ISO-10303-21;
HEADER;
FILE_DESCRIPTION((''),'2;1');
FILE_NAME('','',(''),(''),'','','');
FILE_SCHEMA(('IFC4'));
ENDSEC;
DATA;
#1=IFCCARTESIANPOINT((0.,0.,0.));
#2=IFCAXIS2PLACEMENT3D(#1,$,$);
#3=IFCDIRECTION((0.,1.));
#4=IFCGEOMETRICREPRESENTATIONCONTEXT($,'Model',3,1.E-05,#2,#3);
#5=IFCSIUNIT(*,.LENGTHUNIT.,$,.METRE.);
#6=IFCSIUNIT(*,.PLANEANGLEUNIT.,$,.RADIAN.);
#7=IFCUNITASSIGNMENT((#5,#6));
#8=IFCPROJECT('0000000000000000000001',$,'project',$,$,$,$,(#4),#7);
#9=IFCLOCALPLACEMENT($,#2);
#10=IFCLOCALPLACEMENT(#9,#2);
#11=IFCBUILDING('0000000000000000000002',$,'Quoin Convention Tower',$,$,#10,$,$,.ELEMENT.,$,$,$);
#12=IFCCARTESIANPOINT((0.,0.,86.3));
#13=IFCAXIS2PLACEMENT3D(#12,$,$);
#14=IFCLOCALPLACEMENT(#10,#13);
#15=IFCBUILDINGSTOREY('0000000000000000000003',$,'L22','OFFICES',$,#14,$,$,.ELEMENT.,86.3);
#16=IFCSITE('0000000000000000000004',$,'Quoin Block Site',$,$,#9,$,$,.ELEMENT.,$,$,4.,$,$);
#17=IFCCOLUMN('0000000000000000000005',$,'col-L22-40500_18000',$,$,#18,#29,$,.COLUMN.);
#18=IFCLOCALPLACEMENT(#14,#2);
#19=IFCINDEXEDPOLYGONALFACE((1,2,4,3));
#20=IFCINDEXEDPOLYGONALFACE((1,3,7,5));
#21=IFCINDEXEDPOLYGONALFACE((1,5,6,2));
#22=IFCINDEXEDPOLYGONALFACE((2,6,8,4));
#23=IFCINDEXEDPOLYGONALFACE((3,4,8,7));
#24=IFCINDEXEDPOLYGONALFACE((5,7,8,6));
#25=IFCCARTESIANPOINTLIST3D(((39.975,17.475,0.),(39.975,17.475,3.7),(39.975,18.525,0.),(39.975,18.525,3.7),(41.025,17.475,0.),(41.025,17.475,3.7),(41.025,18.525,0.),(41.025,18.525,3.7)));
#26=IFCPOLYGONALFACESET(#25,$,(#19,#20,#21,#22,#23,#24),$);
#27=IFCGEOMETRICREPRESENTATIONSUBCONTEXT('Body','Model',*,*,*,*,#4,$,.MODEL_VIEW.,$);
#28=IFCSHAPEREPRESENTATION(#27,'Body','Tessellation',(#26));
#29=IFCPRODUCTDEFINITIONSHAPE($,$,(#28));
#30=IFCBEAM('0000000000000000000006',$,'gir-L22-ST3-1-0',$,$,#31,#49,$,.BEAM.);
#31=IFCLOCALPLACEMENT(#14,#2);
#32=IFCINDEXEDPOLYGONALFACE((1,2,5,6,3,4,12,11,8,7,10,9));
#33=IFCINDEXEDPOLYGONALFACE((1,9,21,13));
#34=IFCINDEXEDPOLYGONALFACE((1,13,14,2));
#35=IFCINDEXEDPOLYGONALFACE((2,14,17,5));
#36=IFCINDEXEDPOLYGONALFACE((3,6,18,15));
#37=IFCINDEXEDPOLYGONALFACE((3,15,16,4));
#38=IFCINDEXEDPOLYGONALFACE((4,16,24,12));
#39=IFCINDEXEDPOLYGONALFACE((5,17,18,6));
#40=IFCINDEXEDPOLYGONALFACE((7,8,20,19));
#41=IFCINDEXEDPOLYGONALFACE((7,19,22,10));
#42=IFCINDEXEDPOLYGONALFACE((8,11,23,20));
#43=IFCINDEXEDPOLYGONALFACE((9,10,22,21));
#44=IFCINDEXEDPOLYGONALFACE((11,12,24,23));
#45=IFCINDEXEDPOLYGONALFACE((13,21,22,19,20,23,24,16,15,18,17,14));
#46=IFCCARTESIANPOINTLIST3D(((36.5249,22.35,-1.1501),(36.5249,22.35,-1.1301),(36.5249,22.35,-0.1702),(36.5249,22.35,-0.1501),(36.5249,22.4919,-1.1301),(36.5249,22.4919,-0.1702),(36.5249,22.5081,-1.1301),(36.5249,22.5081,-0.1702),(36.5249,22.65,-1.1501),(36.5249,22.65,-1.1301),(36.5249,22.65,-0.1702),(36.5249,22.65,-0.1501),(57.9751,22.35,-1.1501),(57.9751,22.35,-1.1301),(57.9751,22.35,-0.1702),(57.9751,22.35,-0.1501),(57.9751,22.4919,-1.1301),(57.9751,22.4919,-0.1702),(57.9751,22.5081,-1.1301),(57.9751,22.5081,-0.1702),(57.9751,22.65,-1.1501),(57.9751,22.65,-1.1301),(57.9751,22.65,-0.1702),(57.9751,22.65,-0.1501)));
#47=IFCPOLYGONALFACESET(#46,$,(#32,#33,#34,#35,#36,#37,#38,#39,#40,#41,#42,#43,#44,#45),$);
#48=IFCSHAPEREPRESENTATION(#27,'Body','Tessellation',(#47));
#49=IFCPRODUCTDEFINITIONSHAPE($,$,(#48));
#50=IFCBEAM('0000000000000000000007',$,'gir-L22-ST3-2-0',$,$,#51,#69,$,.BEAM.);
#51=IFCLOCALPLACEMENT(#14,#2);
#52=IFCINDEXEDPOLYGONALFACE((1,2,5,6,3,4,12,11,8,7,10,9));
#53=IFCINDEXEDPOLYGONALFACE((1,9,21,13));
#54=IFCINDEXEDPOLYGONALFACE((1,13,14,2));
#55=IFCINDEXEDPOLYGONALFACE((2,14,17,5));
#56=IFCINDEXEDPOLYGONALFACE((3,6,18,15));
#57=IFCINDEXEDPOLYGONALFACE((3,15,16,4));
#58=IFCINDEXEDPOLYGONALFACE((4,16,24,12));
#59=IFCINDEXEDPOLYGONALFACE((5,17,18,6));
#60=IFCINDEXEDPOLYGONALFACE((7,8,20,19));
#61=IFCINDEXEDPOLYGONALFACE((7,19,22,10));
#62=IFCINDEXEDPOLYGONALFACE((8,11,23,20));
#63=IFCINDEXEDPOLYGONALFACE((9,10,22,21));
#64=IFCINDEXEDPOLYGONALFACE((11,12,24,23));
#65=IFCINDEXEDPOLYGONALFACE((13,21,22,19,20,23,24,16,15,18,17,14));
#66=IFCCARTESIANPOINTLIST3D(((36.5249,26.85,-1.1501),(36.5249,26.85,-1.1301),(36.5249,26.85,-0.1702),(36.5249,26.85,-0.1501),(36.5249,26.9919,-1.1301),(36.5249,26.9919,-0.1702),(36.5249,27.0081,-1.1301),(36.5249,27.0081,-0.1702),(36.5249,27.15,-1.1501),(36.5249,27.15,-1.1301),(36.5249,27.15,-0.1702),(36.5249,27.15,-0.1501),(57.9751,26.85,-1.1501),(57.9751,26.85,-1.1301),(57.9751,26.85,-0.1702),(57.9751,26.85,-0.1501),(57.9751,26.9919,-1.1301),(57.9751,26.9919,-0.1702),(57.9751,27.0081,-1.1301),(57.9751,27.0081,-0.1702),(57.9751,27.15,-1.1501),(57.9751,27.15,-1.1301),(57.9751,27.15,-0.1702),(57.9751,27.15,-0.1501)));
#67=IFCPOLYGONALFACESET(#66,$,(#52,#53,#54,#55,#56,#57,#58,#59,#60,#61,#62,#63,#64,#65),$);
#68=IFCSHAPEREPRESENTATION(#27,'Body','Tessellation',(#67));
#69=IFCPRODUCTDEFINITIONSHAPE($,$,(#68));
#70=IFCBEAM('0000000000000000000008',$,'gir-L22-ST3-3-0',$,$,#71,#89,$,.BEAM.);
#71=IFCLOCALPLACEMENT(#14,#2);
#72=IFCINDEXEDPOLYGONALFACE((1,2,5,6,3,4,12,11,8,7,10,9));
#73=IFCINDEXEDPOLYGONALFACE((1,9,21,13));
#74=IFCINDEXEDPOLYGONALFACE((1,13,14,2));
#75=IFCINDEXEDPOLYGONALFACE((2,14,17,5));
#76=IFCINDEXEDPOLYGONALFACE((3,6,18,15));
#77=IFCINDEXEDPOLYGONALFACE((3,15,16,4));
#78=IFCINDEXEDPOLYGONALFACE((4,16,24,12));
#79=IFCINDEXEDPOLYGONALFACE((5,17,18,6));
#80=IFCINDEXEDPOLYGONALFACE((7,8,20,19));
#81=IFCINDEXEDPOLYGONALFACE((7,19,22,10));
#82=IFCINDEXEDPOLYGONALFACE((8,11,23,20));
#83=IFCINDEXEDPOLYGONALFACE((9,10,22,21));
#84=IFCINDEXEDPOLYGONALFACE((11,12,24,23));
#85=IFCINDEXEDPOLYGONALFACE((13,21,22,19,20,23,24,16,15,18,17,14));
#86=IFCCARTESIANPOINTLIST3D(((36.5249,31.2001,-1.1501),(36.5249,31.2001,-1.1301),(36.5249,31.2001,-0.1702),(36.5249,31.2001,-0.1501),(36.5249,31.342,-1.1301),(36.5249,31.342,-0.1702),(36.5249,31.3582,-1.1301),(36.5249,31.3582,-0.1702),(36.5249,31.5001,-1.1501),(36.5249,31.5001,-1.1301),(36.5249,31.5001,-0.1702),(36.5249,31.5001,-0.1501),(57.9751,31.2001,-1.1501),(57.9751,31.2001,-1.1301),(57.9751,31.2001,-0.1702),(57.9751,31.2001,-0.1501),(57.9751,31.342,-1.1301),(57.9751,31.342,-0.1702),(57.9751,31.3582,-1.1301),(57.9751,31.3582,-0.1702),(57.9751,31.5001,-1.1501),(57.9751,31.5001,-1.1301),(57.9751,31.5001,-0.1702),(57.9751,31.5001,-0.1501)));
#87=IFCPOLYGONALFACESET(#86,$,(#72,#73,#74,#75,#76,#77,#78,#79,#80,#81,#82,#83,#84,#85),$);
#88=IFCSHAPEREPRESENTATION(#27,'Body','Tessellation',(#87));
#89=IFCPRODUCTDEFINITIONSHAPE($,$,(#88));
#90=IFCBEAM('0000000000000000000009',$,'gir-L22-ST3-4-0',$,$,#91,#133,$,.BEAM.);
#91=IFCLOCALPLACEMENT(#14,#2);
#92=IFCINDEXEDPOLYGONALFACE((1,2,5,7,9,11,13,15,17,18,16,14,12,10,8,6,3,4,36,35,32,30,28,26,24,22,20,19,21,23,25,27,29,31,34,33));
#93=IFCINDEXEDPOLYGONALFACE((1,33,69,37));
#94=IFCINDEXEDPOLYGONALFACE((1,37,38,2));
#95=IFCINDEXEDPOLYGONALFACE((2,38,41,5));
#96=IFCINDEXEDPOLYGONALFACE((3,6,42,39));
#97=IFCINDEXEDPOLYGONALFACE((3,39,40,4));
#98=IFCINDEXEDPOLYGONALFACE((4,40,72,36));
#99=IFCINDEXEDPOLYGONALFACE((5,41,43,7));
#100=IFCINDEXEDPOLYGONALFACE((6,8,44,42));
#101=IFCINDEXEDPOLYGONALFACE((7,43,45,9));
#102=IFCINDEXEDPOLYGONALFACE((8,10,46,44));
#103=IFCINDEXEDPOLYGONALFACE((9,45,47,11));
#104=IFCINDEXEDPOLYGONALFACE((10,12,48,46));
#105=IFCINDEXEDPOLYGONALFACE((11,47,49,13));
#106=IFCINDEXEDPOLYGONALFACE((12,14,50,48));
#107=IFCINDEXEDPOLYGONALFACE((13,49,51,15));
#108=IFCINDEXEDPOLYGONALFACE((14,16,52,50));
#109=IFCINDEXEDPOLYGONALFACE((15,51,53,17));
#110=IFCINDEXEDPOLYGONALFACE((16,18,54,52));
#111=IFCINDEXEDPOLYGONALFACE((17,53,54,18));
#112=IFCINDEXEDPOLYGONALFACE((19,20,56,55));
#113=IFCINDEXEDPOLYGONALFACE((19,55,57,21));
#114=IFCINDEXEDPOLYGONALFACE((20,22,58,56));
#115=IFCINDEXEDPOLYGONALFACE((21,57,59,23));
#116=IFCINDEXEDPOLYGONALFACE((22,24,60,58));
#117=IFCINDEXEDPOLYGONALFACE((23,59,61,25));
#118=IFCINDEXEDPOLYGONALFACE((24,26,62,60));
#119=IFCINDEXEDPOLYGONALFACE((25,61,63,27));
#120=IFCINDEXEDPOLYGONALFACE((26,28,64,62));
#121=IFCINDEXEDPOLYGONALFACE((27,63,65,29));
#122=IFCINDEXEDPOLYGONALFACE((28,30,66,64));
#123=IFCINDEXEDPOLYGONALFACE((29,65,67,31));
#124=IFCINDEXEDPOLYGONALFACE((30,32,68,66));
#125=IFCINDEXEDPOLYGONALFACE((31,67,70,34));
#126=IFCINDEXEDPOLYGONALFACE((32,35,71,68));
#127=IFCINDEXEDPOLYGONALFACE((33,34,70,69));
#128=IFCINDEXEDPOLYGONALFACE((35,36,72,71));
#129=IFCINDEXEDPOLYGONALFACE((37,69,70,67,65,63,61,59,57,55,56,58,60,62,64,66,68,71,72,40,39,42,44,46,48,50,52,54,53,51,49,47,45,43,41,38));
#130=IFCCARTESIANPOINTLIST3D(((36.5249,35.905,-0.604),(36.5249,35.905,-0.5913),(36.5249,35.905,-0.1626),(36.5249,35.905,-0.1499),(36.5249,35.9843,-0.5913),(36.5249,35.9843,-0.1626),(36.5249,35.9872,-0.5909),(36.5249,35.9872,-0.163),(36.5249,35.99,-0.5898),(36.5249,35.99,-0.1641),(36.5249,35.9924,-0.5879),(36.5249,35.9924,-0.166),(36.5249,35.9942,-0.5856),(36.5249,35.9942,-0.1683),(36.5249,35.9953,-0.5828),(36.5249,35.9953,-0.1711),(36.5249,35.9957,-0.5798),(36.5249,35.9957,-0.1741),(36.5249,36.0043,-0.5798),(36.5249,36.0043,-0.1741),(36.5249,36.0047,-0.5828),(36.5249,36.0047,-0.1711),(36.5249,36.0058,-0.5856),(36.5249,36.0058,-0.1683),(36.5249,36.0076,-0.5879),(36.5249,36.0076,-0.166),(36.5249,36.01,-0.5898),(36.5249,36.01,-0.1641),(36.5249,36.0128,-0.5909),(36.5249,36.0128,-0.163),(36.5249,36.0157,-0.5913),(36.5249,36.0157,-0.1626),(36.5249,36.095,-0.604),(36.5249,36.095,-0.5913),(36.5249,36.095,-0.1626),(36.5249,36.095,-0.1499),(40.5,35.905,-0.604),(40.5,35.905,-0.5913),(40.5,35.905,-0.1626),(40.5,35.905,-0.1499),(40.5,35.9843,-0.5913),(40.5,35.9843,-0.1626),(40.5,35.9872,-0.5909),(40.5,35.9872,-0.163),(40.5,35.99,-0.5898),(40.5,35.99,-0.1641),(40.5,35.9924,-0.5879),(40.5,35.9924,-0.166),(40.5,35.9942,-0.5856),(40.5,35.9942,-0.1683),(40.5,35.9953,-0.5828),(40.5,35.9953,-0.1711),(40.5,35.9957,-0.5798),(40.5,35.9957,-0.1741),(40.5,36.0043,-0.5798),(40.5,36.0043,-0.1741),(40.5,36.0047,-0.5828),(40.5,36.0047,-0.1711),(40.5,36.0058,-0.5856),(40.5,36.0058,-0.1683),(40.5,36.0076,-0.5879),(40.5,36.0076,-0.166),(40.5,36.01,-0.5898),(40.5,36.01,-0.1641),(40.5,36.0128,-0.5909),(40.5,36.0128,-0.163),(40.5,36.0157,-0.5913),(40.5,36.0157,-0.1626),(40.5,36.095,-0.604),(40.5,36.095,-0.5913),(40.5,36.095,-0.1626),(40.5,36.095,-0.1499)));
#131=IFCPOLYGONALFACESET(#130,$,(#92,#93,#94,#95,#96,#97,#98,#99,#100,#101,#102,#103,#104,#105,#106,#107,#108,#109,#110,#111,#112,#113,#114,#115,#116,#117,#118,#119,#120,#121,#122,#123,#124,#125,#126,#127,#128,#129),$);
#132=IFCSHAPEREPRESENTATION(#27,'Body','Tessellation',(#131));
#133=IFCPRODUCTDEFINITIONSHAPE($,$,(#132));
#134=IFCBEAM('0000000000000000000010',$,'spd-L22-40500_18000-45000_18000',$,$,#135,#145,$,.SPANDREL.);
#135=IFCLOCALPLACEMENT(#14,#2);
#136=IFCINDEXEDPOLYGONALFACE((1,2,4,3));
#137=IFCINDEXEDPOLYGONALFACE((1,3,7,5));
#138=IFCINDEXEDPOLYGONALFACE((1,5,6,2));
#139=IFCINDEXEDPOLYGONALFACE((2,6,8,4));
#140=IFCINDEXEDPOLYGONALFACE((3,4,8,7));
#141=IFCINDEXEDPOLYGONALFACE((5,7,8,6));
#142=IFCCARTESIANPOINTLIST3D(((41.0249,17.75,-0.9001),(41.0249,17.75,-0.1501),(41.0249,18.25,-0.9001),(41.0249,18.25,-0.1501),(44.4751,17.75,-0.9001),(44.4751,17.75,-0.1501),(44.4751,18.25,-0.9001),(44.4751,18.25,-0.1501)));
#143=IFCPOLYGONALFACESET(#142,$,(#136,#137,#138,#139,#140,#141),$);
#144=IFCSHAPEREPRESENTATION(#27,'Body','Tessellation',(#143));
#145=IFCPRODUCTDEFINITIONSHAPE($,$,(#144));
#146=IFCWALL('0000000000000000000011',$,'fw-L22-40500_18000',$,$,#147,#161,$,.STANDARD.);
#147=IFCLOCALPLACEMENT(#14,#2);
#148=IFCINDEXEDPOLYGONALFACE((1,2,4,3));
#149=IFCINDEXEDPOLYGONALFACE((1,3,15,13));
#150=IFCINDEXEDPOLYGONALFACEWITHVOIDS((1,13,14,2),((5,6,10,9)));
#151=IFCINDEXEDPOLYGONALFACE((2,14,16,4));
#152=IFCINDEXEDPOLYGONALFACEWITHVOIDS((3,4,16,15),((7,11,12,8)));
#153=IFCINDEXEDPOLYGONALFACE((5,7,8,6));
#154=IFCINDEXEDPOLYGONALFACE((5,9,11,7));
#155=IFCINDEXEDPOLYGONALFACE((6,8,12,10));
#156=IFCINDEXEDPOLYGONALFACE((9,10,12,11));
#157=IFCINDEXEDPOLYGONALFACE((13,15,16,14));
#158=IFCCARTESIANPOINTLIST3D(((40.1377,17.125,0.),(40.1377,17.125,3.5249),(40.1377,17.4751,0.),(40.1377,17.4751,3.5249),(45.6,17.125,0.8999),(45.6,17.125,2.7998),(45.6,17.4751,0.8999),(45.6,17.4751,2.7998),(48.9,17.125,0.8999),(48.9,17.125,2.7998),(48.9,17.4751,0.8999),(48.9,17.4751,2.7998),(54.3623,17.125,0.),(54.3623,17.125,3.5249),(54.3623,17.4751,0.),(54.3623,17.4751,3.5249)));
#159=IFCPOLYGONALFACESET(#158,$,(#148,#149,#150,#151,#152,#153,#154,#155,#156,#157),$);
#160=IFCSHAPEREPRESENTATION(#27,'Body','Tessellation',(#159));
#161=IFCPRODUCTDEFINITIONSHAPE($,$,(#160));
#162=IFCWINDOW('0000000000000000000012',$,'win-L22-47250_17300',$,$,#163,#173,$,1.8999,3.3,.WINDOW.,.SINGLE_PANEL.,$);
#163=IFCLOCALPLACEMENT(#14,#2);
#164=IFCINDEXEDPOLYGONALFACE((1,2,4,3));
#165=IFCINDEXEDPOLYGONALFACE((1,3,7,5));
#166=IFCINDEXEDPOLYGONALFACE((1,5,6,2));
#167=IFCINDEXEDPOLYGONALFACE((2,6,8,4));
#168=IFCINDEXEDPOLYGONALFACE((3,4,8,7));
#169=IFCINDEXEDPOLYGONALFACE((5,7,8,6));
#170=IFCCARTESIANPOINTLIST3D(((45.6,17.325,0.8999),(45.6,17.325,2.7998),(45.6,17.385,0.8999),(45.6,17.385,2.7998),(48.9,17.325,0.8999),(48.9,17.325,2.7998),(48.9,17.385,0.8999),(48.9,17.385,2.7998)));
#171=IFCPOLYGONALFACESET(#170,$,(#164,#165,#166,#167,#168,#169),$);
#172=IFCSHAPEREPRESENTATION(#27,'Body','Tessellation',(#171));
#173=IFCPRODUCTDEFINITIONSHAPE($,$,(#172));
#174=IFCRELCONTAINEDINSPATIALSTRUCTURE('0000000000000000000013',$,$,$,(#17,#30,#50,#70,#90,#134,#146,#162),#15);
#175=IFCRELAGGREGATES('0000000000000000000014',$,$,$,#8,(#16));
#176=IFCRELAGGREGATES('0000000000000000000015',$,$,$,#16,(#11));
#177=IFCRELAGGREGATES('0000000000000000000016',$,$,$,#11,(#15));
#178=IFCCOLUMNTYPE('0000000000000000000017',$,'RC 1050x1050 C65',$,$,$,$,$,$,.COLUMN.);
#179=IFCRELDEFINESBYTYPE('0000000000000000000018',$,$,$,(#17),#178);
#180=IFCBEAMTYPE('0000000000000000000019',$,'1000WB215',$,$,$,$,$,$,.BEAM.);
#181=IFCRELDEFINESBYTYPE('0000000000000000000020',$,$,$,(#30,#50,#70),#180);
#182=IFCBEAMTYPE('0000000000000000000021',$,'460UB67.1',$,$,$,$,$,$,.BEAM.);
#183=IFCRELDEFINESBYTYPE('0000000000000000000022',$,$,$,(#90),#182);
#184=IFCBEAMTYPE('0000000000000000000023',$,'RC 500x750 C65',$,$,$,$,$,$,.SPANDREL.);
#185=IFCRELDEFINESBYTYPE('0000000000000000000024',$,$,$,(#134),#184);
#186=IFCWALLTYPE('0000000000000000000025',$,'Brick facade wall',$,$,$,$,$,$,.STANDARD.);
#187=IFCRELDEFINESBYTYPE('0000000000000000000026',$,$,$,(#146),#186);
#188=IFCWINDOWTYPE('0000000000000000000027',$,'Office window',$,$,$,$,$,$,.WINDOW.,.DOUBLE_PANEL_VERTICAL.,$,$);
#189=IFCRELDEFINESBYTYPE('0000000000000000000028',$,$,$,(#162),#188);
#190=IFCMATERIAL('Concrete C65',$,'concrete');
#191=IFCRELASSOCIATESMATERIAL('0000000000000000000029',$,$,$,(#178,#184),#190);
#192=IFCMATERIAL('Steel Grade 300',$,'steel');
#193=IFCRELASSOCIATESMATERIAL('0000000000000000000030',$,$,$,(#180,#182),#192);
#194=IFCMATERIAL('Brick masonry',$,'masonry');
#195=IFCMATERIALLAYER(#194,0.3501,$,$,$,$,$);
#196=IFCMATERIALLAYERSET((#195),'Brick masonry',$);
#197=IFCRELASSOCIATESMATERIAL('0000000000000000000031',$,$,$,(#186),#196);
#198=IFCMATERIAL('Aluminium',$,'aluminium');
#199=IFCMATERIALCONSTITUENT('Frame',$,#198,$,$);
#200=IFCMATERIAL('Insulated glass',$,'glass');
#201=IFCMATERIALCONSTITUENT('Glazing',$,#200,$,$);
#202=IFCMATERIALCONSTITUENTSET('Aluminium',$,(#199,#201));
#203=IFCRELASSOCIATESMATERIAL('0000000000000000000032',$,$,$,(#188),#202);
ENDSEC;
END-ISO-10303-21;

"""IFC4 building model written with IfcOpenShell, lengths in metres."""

from ifc_helpers import new_model, si_unit, direction, frame, frame_2d, origin, origin_2d, place, context, subcontext, project, spatial, rectangle, i_section, extrude, material, layer, layer_set, constituent, constituent_set, material_profile, profile_set, type_object, element, fill, save


model = new_model("IFC4")

# Units and contexts
model_context = context("Model", 3, precision=1e-05, world=origin(), true_north=direction((0.0, 1.0)))
body_context = subcontext(model_context, "Body", "Model", "MODEL_VIEW")
ifc_project = project(units=[si_unit("LENGTHUNIT", "METRE"), si_unit("PLANEANGLEUNIT", "RADIAN")], contexts=[model_context])

# Site, building, storey
site_placement = place(None, origin())
site = spatial("IfcSite", under=ifc_project, at=site_placement, Name="Quoin Block Site", CompositionType="ELEMENT", RefElevation=4.0)
building_placement = place(site_placement, origin())
building = spatial("IfcBuilding", under=site, at=building_placement, Name="Quoin Convention Tower", CompositionType="ELEMENT")
storey_placement = place(building_placement, frame((0.0, 0.0, 86.3)))
storey = spatial("IfcBuildingStorey", under=building, at=storey_placement, Name="L22", Description="OFFICES", CompositionType="ELEMENT", Elevation=86.3)

# Column
ifc_material_1 = material(Name="Concrete C65", Category="concrete")
ifc_material_profile_1 = material_profile(ifc_material_1, rectangle(XDim=1.05, YDim=1.05, at=origin_2d()), Name="RC 1050x1050")
ifc_profile_set_1 = profile_set([ifc_material_profile_1], Name="Concrete C65")
column_type = type_object("IfcColumnType", Name="RC 1050x1050 C65", PredefinedType="COLUMN", material=ifc_profile_set_1)
column_placement = place(storey_placement, frame((40.5, 18.0, 0.0), z_axis=(0.0, 0.0, 1.0), x_axis=(1.0, 0.0, 0.0)))
element("IfcColumn", 1, at=column_placement, inside=storey, type_object=column_type, Name="col-L22-40500_18000", PredefinedType="COLUMN", context=body_context, shape_type="SweptSolid", body=[
    extrude(rectangle(XDim=1.05, YDim=1.05, at=origin_2d()), origin(), (0.0, 0.0, 1.0), 3.7),
])

# Beams
ifc_material_2 = material(Name="Steel Grade 300", Category="steel")
ifc_material_profile_2 = material_profile(ifc_material_2, i_section(OverallWidth=0.3, OverallDepth=1.0, WebThickness=0.0161, FlangeThickness=0.02, at=origin_2d()), Name="1000WB215")
ifc_profile_set_2 = profile_set([ifc_material_profile_2], Name="Steel Grade 300")
beam_type_1 = type_object("IfcBeamType", Name="1000WB215", PredefinedType="BEAM", material=ifc_profile_set_2)
for number, where, z_axis, x_axis, name in (
    (2, (36.5249, 22.5, -0.6501), (1.0, 0.0, 0.0), (0.0, 1.0, 0.0), "gir-L22-ST3-1-0"),
    (3, (36.5249, 27.0, -0.6501), (1.0, 0.0, 0.0), (0.0, 1.0, 0.0), "gir-L22-ST3-2-0"),
    (4, (36.5249, 31.3501, -0.6501), (1.0, 0.0, 0.0), (0.0, 1.0, 0.0), "gir-L22-ST3-3-0"),
):
    element("IfcBeam", number, at=place(storey_placement, frame(where, z_axis=z_axis, x_axis=x_axis)), inside=storey, type_object=beam_type_1, Name=name, PredefinedType="BEAM", context=body_context, shape_type="SweptSolid", body=[
        extrude(i_section(OverallWidth=0.3, OverallDepth=1.0, WebThickness=0.0161, FlangeThickness=0.02, at=origin_2d()), origin(), (0.0, 0.0, 1.0), 21.4502),
    ])
ifc_material_profile_3 = material_profile(ifc_material_2, i_section(OverallWidth=0.1899, OverallDepth=0.4541, WebThickness=0.0085, FlangeThickness=0.0127, FilletRadius=0.0115, at=origin_2d()), Name="460UB67.1")
ifc_profile_set_3 = profile_set([ifc_material_profile_3], Name="Steel Grade 300")
beam_type_2 = type_object("IfcBeamType", Name="460UB67.1", PredefinedType="BEAM", material=ifc_profile_set_3)
beam_1_placement = place(storey_placement, frame((36.5249, 36.0, -0.377), z_axis=(1.0, 0.0, 0.0), x_axis=(0.0, 1.0, 0.0)))
element("IfcBeam", 5, at=beam_1_placement, inside=storey, type_object=beam_type_2, Name="gir-L22-ST3-4-0", PredefinedType="BEAM", context=body_context, shape_type="SweptSolid", body=[
    extrude(i_section(OverallWidth=0.1899, OverallDepth=0.4541, WebThickness=0.0085, FlangeThickness=0.0127, FilletRadius=0.0115, at=origin_2d()), origin(), (0.0, 0.0, 1.0), 3.9751),
])
ifc_material_profile_4 = material_profile(ifc_material_1, rectangle(XDim=0.5, YDim=0.75, at=origin_2d()), Name="RC 500x750")
ifc_profile_set_4 = profile_set([ifc_material_profile_4], Name="Concrete C65")
beam_type_3 = type_object("IfcBeamType", Name="RC 500x750 C65", PredefinedType="SPANDREL", material=ifc_profile_set_4)
beam_2_placement = place(storey_placement, frame((41.0249, 18.0, -0.5251), z_axis=(1.0, 0.0, 0.0), x_axis=(0.0, 1.0, 0.0)))
element("IfcBeam", 6, at=beam_2_placement, inside=storey, type_object=beam_type_3, Name="spd-L22-40500_18000-45000_18000", PredefinedType="SPANDREL", context=body_context, shape_type="SweptSolid", body=[
    extrude(rectangle(XDim=0.5, YDim=0.75, at=origin_2d()), origin(), (0.0, 0.0, 1.0), 3.4502),
])

# Wall, opening, window
ifc_material_3 = material(Name="Brick masonry", Category="masonry")
ifc_layer_1 = layer(ifc_material_3, 0.3501)
ifc_layer_set_1 = layer_set([ifc_layer_1], Name="Brick masonry")
wall_type_1 = type_object("IfcWallType", Name="Brick facade wall", PredefinedType="STANDARD", material=ifc_layer_set_1)
wall_1_placement = place(storey_placement, frame((40.1377, 17.3, 0.0), z_axis=(0.0, 0.0, 1.0), x_axis=(1.0, 0.0, 0.0)))
wall_1 = element("IfcWall", 7, at=wall_1_placement, inside=storey, type_object=wall_type_1, Name="fw-L22-40500_18000", PredefinedType="STANDARD", context=body_context, shape_type="SweptSolid", body=[
    extrude(rectangle(XDim=14.2246, YDim=0.3501, at=frame_2d((7.1123, 0.0))), origin(), (0.0, 0.0, 1.0), 3.5249),
])
opening_1_placement = place(wall_1_placement, frame((5.4624, 0.0, 0.8999)))
opening_1 = element("IfcOpeningElement", 8, at=opening_1_placement, cuts=wall_1, PredefinedType="OPENING", context=body_context, shape_type="SweptSolid", body=[
    extrude(rectangle(XDim=3.3, YDim=1.8999, at=frame_2d((1.6499, 0.95))), frame((0.0, 0.1851, 0.0), z_axis=(0.0, -1.0, 0.0), x_axis=(1.0, 0.0, 0.0)), (0.0, 0.0, 1.0), 0.3701),
])
ifc_material_4 = material(Name="Aluminium", Category="aluminium")
ifc_constituent_1 = constituent(ifc_material_4, Name="Frame")
ifc_material_5 = material(Name="Insulated glass", Category="glass")
ifc_constituent_2 = constituent(ifc_material_5, Name="Glazing")
ifc_constituent_set = constituent_set(constituents=[ifc_constituent_1, ifc_constituent_2], Name="Aluminium")
window_type = type_object("IfcWindowType", Name="Office window", PartitioningType="DOUBLE_PANEL_VERTICAL", PredefinedType="WINDOW", material=ifc_constituent_set)
window_placement = place(opening_1_placement, origin())
window = element("IfcWindow", 9, at=window_placement, inside=storey, type_object=window_type, Name="win-L22-47250_17300", OverallHeight=1.8999, OverallWidth=3.3, PartitioningType="SINGLE_PANEL", PredefinedType="WINDOW", context=body_context, shape_type="SweptSolid", body=[
    extrude(rectangle(XDim=3.3, YDim=1.8999, at=frame_2d((1.6499, 0.95))), frame((0.0, 0.085, 0.0), z_axis=(0.0, -1.0, 0.0), x_axis=(1.0, 0.0, 0.0)), (0.0, 0.0, 1.0), 0.0601),
])
fill(opening_1, window)

save(model, "model.ifc")
